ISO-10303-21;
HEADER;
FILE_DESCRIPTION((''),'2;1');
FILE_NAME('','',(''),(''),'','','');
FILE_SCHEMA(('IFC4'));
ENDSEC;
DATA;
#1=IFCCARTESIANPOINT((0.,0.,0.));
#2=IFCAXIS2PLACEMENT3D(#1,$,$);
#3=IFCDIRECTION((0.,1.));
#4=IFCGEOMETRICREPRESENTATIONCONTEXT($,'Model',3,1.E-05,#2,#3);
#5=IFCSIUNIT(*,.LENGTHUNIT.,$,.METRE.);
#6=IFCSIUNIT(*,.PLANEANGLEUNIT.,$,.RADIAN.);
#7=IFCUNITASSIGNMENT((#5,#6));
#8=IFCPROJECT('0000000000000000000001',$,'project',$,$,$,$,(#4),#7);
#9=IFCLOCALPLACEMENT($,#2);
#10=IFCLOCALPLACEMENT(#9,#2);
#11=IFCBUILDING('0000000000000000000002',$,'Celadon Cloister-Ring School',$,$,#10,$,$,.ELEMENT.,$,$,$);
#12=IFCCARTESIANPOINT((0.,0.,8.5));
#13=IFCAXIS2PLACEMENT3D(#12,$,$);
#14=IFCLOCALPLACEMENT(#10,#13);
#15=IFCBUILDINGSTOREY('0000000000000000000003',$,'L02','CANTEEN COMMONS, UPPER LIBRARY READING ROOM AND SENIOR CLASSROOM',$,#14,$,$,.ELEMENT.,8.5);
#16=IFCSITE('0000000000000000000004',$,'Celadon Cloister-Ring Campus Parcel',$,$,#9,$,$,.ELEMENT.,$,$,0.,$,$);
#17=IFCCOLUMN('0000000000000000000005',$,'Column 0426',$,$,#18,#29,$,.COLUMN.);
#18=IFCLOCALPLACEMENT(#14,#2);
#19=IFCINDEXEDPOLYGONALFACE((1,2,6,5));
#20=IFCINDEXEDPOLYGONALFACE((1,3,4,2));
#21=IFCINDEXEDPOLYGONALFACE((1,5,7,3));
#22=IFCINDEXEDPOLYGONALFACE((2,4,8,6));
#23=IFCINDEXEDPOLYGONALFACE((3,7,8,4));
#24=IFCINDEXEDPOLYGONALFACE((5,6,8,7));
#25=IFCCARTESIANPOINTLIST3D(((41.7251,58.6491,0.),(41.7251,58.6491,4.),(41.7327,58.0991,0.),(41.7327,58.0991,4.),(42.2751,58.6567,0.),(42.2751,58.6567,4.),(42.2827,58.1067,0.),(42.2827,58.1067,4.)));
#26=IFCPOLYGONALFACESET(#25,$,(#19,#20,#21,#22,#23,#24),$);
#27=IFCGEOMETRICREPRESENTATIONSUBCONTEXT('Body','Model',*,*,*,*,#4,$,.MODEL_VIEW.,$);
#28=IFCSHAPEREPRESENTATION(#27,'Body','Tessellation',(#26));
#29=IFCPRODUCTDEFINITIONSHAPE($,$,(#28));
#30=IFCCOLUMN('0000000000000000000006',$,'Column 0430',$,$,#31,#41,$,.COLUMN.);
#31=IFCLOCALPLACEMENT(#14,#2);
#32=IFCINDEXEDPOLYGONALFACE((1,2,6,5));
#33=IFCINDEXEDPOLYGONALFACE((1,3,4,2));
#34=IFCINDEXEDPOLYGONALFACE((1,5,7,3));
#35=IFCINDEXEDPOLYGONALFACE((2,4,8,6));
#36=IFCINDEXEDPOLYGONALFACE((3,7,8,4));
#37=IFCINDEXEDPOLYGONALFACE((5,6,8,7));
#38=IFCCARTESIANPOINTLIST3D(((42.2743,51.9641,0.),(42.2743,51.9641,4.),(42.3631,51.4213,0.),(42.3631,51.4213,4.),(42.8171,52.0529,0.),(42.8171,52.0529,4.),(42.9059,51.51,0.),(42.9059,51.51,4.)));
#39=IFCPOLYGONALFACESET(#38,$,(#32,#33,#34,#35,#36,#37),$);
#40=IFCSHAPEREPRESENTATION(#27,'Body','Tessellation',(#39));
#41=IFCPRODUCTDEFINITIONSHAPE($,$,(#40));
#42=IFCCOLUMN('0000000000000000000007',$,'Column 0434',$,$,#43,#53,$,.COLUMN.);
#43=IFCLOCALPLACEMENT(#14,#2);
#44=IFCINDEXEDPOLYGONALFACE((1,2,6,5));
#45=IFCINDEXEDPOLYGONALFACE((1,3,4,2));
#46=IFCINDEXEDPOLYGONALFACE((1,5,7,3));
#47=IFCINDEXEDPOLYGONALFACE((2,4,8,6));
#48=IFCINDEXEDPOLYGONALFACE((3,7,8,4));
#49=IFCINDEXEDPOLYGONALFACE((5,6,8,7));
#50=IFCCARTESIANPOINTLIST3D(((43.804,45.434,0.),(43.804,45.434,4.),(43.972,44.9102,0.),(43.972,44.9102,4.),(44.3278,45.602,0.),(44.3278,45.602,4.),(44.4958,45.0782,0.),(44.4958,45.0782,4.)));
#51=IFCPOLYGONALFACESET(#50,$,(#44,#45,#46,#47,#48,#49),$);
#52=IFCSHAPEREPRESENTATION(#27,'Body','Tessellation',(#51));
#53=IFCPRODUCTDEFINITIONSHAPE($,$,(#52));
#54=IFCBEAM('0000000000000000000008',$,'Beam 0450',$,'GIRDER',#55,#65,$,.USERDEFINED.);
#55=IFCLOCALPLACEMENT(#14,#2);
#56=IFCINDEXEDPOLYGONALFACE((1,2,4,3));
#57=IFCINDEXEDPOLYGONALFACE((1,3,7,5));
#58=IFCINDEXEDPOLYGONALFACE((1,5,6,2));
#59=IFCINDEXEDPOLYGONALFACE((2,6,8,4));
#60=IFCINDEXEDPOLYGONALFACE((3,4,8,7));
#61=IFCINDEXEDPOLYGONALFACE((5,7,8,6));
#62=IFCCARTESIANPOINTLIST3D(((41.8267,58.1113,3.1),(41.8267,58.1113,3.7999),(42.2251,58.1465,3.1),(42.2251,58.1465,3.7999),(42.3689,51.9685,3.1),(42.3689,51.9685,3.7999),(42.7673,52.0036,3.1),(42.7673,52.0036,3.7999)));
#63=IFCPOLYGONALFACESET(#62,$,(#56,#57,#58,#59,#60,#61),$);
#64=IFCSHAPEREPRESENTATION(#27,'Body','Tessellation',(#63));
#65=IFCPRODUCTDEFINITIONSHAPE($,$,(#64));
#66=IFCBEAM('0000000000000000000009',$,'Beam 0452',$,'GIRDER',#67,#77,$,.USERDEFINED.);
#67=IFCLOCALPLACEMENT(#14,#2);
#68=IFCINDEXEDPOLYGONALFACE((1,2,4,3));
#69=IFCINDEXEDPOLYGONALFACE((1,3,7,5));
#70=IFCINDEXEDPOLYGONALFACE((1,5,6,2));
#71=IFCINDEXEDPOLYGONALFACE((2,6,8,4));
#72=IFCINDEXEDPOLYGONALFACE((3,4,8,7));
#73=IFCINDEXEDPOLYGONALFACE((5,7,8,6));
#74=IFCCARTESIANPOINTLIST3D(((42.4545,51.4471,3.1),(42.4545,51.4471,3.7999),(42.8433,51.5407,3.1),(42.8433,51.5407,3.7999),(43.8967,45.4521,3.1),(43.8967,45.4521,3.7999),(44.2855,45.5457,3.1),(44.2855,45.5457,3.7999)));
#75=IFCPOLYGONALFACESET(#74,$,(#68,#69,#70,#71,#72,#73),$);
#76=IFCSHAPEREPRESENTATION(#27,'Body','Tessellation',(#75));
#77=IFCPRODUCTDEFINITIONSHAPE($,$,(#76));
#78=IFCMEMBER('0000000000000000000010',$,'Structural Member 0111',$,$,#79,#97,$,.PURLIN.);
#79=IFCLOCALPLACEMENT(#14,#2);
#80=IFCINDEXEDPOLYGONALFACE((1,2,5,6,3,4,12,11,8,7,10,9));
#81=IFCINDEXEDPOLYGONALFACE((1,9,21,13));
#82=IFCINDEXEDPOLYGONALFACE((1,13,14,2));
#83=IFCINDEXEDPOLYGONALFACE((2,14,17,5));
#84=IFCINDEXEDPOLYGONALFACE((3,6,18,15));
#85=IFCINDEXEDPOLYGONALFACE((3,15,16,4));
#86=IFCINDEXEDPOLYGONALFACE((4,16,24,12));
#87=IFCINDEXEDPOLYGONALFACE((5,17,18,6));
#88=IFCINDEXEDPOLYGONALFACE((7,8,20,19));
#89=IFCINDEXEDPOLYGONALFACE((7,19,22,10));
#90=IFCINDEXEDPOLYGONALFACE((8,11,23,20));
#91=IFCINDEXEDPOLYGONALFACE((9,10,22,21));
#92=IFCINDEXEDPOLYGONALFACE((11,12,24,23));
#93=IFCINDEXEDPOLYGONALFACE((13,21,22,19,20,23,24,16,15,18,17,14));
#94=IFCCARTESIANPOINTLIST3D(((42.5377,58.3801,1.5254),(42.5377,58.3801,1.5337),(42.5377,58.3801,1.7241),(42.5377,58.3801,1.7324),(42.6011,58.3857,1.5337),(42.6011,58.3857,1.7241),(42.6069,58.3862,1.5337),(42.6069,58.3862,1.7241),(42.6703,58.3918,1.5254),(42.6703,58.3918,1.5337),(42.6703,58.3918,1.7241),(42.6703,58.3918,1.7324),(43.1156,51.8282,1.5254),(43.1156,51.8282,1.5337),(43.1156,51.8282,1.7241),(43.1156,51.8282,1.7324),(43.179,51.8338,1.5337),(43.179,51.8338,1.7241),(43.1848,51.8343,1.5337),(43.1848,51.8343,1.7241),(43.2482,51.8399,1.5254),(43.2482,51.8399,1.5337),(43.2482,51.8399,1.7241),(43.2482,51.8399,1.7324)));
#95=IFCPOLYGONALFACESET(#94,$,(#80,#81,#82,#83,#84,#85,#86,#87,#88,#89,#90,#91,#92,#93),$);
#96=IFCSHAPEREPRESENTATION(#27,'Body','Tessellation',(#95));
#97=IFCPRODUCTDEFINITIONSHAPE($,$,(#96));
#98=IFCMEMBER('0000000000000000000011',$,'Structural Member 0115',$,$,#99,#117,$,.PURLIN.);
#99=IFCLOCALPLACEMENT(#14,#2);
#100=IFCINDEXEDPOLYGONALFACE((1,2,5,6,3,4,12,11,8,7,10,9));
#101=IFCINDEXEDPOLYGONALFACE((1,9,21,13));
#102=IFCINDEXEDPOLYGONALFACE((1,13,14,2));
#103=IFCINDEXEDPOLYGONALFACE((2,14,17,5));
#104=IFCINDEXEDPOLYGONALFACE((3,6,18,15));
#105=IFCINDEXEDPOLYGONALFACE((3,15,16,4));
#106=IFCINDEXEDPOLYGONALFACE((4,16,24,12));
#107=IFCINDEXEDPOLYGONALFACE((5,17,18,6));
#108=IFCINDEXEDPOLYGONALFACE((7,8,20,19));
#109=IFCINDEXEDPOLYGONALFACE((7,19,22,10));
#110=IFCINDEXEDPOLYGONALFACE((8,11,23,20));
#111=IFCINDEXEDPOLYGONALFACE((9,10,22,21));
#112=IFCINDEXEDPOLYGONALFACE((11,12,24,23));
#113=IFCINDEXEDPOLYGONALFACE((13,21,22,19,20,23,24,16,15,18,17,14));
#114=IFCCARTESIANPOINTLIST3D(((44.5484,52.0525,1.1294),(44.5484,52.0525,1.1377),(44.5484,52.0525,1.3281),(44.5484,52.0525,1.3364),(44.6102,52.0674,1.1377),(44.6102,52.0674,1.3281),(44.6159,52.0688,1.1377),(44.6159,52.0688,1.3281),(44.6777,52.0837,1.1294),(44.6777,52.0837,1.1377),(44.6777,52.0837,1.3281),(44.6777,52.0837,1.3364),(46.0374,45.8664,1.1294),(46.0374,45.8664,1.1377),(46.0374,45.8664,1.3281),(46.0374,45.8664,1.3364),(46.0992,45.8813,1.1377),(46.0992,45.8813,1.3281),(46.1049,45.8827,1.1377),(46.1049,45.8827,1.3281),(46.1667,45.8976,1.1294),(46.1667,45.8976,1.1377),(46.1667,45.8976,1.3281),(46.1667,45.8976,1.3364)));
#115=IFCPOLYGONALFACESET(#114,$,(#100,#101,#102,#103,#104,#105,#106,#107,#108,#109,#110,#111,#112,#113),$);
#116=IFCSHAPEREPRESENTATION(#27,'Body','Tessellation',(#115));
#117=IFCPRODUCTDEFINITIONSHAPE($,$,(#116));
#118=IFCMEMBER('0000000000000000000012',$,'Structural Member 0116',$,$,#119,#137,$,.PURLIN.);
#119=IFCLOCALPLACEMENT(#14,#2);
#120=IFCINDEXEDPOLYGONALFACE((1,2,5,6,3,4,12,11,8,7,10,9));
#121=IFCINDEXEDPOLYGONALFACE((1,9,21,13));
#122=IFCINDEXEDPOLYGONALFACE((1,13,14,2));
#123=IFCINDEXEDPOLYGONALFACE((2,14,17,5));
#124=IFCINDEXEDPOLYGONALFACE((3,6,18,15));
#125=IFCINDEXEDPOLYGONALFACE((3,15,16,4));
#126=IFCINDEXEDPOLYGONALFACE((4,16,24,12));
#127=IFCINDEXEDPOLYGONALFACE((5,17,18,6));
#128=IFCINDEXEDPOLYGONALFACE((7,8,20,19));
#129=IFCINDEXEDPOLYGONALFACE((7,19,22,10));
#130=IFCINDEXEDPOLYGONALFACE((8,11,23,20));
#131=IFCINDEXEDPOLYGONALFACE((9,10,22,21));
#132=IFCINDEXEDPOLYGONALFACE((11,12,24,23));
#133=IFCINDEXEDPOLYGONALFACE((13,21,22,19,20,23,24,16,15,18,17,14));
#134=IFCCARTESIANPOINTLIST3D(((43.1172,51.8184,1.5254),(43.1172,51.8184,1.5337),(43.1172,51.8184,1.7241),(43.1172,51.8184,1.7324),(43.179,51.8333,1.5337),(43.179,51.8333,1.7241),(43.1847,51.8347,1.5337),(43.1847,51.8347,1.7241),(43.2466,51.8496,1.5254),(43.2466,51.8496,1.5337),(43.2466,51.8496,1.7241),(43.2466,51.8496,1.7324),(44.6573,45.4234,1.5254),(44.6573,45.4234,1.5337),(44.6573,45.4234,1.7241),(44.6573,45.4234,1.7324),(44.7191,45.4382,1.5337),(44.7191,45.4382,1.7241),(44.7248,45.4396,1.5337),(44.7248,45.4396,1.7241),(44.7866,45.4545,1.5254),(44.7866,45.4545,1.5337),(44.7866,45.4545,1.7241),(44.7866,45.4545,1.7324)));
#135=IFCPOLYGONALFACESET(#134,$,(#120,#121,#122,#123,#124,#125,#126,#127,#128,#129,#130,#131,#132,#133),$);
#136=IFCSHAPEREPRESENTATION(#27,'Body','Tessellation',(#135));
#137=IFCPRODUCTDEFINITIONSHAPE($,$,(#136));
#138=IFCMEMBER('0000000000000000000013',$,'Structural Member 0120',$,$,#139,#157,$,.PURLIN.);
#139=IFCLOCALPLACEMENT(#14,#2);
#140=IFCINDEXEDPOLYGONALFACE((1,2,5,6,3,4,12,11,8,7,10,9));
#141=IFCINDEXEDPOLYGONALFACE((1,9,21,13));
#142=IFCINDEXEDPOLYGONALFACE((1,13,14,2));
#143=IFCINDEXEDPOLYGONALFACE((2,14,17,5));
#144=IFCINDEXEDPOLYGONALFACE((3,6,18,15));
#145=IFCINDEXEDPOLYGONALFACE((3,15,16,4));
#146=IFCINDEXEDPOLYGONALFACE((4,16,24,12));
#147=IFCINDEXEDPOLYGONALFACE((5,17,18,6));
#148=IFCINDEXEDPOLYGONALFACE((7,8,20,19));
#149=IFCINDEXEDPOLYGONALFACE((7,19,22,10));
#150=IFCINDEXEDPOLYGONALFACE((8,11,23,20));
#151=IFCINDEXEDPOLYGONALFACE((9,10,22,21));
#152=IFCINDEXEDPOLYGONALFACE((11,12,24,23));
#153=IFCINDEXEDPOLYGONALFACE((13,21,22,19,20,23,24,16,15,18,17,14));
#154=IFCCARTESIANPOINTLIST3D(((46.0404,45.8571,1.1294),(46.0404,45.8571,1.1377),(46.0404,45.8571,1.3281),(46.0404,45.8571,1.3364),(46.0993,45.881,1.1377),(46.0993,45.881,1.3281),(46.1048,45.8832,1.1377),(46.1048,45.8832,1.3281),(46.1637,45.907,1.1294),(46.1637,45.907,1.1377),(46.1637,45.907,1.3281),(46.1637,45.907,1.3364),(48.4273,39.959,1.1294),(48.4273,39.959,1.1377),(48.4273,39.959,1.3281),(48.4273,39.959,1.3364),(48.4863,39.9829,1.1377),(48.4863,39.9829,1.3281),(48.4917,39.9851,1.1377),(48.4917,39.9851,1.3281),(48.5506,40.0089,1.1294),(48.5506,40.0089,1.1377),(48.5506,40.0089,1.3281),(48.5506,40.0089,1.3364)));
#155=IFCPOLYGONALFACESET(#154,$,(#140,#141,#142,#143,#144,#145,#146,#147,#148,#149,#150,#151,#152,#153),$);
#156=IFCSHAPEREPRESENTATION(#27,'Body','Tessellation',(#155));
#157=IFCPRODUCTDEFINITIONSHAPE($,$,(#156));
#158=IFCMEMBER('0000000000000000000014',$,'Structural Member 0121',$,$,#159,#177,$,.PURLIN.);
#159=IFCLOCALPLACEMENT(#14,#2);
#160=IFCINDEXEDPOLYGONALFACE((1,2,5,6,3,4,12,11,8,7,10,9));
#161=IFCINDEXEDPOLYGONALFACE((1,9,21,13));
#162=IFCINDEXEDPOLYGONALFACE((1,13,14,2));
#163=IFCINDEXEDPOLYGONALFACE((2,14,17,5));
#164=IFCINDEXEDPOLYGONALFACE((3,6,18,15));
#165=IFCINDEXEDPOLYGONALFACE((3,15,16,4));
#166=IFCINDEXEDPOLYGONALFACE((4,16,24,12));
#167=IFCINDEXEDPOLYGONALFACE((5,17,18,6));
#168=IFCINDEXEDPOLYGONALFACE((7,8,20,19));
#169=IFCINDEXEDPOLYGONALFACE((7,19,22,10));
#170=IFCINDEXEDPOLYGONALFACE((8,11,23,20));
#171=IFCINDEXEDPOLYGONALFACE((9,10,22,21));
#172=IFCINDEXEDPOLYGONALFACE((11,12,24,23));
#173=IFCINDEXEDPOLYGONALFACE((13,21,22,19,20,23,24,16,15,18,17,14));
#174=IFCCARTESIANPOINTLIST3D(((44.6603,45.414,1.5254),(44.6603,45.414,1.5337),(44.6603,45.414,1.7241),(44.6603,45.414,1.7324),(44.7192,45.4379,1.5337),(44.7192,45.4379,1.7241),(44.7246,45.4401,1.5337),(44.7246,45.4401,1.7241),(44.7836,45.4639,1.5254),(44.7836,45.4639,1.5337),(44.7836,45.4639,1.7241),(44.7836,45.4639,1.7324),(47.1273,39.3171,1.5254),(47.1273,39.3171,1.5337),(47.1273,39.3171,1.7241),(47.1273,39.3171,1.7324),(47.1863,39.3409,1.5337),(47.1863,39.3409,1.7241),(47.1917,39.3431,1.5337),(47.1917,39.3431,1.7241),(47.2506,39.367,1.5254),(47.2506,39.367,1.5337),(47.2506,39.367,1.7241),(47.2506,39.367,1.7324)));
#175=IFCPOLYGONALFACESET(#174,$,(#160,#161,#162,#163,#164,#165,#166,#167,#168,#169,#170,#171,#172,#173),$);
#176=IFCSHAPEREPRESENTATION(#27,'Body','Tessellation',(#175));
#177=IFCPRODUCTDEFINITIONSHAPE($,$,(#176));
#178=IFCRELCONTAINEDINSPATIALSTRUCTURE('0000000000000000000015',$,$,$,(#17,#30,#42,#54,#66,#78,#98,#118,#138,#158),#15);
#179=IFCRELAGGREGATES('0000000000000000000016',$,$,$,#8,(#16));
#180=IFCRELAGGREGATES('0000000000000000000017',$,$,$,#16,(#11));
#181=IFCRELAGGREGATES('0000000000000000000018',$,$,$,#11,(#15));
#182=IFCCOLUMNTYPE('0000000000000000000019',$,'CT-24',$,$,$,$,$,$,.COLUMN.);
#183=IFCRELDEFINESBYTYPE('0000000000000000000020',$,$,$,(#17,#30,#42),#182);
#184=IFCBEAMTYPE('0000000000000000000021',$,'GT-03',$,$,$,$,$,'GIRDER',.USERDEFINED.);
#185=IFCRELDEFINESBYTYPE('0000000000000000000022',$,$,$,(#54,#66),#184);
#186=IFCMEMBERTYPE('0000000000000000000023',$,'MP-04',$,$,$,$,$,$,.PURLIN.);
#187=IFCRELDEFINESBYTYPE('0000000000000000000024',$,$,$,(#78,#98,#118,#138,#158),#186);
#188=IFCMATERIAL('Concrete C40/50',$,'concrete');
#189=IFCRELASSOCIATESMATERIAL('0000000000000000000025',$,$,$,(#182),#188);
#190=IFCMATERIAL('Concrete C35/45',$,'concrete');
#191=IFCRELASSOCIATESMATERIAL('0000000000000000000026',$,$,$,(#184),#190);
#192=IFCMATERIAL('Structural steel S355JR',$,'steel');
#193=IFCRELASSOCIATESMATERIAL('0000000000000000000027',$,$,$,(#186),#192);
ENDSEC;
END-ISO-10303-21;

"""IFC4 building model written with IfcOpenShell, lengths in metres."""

from ifc_helpers import new_model, si_unit, direction, frame, origin, origin_2d, place, context, subcontext, project, spatial, rectangle, i_section, extrude, material, material_profile, profile_set, type_object, element, save


model = new_model("IFC4")

# Units and contexts
model_context = context("Model", 3, precision=1e-05, world=origin(), true_north=direction((0.0, 1.0)))
body_context = subcontext(model_context, "Body", "Model", "MODEL_VIEW")
ifc_project = project(units=[si_unit("LENGTHUNIT", "METRE"), si_unit("PLANEANGLEUNIT", "RADIAN")], contexts=[model_context])

# Site, building, storey
site_placement = place(None, origin())
site = spatial("IfcSite", under=ifc_project, at=site_placement, Name="Celadon Cloister-Ring Campus Parcel", CompositionType="ELEMENT", RefElevation=0.0)
building_placement = place(site_placement, origin())
building = spatial("IfcBuilding", under=site, at=building_placement, Name="Celadon Cloister-Ring School", CompositionType="ELEMENT")
storey_placement = place(building_placement, frame((0.0, 0.0, 8.5)))
storey = spatial("IfcBuildingStorey", under=building, at=storey_placement, Name="L02", Description="CANTEEN COMMONS, UPPER LIBRARY READING ROOM AND SENIOR CLASSROOM", CompositionType="ELEMENT", Elevation=8.5)

# Columns
ifc_material_1 = material(Name="Concrete C40/50", Category="concrete")
ifc_material_profile_1 = material_profile(ifc_material_1, rectangle(XDim=0.55, YDim=0.55, at=origin_2d()), Name="RC550X550")
ifc_profile_set_1 = profile_set([ifc_material_profile_1], Name="Concrete C40/50")
column_type = type_object("IfcColumnType", Name="CT-24", PredefinedType="COLUMN", material=ifc_profile_set_1)
for number, where, z_axis, x_axis, name in (
    (1, (42.0039, 58.3779, 0.0), (0.0, 0.0, 1.0), (-0.999904, -0.013823, 0.0), "Column 0426"),
    (2, (42.5901, 51.7371, 0.0), (0.0, 0.0, 1.0), (-0.98689, -0.161397, 0.0), "Column 0430"),
    (3, (44.1499, 45.2561, 0.0), (0.0, 0.0, 1.0), (-0.952215, -0.305429, 0.0), "Column 0434"),
):
    element("IfcColumn", number, at=place(storey_placement, frame(where, z_axis=z_axis, x_axis=x_axis)), inside=storey, type_object=column_type, Name=name, PredefinedType="COLUMN", context=body_context, shape_type="SweptSolid", body=[
        extrude(rectangle(XDim=0.55, YDim=0.55, at=origin_2d()), origin(), (0.0, 0.0, 1.0), 4.0),
    ])

# Beams
ifc_material_2 = material(Name="Concrete C35/45", Category="concrete")
ifc_material_profile_2 = material_profile(ifc_material_2, rectangle(XDim=0.3999, YDim=0.7, at=origin_2d()), Name="RC400X700")
ifc_profile_set_2 = profile_set([ifc_material_profile_2], Name="Concrete C35/45")
beam_type = type_object("IfcBeamType", Name="GT-03", ElementType="GIRDER", PredefinedType="USERDEFINED", material=ifc_profile_set_2)
beam_1_placement = place(storey_placement, frame((42.0259, 58.1289, 3.45), z_axis=(0.08793, -0.996127, 0.0), x_axis=(0.996127, 0.08793, 0.0)))
element("IfcBeam", 4, at=beam_1_placement, inside=storey, type_object=beam_type, Name="Beam 0450", ObjectType="GIRDER", PredefinedType="USERDEFINED", context=body_context, shape_type="SweptSolid", body=[
    extrude(rectangle(XDim=0.3999, YDim=0.7, at=origin_2d()), origin(), (0.0, 0.0, 1.0), 6.1667),
])
beam_2_placement = place(storey_placement, frame((42.6489, 51.4939, 3.45), z_axis=(0.23389, -0.972263, 0.0), x_axis=(0.972263, 0.23389, 0.0)))
element("IfcBeam", 5, at=beam_2_placement, inside=storey, type_object=beam_type, Name="Beam 0452", ObjectType="GIRDER", PredefinedType="USERDEFINED", context=body_context, shape_type="SweptSolid", body=[
    extrude(rectangle(XDim=0.3999, YDim=0.7, at=origin_2d()), origin(), (0.0, 0.0, 1.0), 6.166),
])

# Members
ifc_material_3 = material(Name="Structural steel S355JR", Category="steel")
ifc_material_profile_3 = material_profile(ifc_material_3, i_section(OverallWidth=0.1331, OverallDepth=0.207, WebThickness=0.0059, FlangeThickness=0.0083, at=origin_2d()), Name="W200X27")
ifc_profile_set_3 = profile_set([ifc_material_profile_3], Name="Structural steel S355JR")
member_type_1 = type_object("IfcMemberType", Name="MP-04", PredefinedType="PURLIN", material=ifc_profile_set_3)
member_1_placement = place(storey_placement, frame((42.604, 58.386, 1.6289), z_axis=(0.087858, -0.996133, 0.0), x_axis=(0.996133, 0.087858, 0.0)))
element("IfcMember", 6, at=member_1_placement, inside=storey, type_object=member_type_1, Name="Structural Member 0111", PredefinedType="PURLIN", context=body_context, shape_type="SweptSolid", body=[
    extrude(i_section(OverallWidth=0.1331, OverallDepth=0.207, WebThickness=0.0059, FlangeThickness=0.0083, at=origin_2d()), origin(), (0.0, 0.0, 1.0), 6.5774),
])
member_2_placement = place(storey_placement, frame((44.613, 52.0681, 1.2329), z_axis=(0.234022, -0.972231, 0.0), x_axis=(0.972231, 0.234022, 0.0)))
element("IfcMember", 7, at=member_2_placement, inside=storey, type_object=member_type_1, Name="Structural Member 0115", PredefinedType="PURLIN", context=body_context, shape_type="SweptSolid", body=[
    extrude(i_section(OverallWidth=0.1331, OverallDepth=0.207, WebThickness=0.0059, FlangeThickness=0.0083, at=origin_2d()), origin(), (0.0, 0.0, 1.0), 6.3628),
])
member_3_placement = place(storey_placement, frame((43.1819, 51.834, 1.6289), z_axis=(0.234125, -0.972206, 0.0), x_axis=(0.972206, 0.234125, 0.0)))
element("IfcMember", 8, at=member_3_placement, inside=storey, type_object=member_type_1, Name="Structural Member 0116", PredefinedType="PURLIN", context=body_context, shape_type="SweptSolid", body=[
    extrude(i_section(OverallWidth=0.1331, OverallDepth=0.207, WebThickness=0.0059, FlangeThickness=0.0083, at=origin_2d()), origin(), (0.0, 0.0, 1.0), 6.5779),
])
member_4_placement = place(storey_placement, frame((46.1021, 45.8821, 1.2329), z_axis=(0.375139, -0.926969, 0.0), x_axis=(0.926969, 0.375139, 0.0)))
element("IfcMember", 9, at=member_4_placement, inside=storey, type_object=member_type_1, Name="Structural Member 0120", PredefinedType="PURLIN", context=body_context, shape_type="SweptSolid", body=[
    extrude(i_section(OverallWidth=0.1331, OverallDepth=0.207, WebThickness=0.0059, FlangeThickness=0.0083, at=origin_2d()), origin(), (0.0, 0.0, 1.0), 6.3628),
])
member_5_placement = place(storey_placement, frame((44.7219, 45.439, 1.6289), z_axis=(0.375093, -0.926987, 0.0), x_axis=(0.926987, 0.375093, 0.0)))
element("IfcMember", 10, at=member_5_placement, inside=storey, type_object=member_type_1, Name="Structural Member 0121", PredefinedType="PURLIN", context=body_context, shape_type="SweptSolid", body=[
    extrude(i_section(OverallWidth=0.1331, OverallDepth=0.207, WebThickness=0.0059, FlangeThickness=0.0083, at=origin_2d()), origin(), (0.0, 0.0, 1.0), 6.5771),
])

save(model, "model.ifc")
